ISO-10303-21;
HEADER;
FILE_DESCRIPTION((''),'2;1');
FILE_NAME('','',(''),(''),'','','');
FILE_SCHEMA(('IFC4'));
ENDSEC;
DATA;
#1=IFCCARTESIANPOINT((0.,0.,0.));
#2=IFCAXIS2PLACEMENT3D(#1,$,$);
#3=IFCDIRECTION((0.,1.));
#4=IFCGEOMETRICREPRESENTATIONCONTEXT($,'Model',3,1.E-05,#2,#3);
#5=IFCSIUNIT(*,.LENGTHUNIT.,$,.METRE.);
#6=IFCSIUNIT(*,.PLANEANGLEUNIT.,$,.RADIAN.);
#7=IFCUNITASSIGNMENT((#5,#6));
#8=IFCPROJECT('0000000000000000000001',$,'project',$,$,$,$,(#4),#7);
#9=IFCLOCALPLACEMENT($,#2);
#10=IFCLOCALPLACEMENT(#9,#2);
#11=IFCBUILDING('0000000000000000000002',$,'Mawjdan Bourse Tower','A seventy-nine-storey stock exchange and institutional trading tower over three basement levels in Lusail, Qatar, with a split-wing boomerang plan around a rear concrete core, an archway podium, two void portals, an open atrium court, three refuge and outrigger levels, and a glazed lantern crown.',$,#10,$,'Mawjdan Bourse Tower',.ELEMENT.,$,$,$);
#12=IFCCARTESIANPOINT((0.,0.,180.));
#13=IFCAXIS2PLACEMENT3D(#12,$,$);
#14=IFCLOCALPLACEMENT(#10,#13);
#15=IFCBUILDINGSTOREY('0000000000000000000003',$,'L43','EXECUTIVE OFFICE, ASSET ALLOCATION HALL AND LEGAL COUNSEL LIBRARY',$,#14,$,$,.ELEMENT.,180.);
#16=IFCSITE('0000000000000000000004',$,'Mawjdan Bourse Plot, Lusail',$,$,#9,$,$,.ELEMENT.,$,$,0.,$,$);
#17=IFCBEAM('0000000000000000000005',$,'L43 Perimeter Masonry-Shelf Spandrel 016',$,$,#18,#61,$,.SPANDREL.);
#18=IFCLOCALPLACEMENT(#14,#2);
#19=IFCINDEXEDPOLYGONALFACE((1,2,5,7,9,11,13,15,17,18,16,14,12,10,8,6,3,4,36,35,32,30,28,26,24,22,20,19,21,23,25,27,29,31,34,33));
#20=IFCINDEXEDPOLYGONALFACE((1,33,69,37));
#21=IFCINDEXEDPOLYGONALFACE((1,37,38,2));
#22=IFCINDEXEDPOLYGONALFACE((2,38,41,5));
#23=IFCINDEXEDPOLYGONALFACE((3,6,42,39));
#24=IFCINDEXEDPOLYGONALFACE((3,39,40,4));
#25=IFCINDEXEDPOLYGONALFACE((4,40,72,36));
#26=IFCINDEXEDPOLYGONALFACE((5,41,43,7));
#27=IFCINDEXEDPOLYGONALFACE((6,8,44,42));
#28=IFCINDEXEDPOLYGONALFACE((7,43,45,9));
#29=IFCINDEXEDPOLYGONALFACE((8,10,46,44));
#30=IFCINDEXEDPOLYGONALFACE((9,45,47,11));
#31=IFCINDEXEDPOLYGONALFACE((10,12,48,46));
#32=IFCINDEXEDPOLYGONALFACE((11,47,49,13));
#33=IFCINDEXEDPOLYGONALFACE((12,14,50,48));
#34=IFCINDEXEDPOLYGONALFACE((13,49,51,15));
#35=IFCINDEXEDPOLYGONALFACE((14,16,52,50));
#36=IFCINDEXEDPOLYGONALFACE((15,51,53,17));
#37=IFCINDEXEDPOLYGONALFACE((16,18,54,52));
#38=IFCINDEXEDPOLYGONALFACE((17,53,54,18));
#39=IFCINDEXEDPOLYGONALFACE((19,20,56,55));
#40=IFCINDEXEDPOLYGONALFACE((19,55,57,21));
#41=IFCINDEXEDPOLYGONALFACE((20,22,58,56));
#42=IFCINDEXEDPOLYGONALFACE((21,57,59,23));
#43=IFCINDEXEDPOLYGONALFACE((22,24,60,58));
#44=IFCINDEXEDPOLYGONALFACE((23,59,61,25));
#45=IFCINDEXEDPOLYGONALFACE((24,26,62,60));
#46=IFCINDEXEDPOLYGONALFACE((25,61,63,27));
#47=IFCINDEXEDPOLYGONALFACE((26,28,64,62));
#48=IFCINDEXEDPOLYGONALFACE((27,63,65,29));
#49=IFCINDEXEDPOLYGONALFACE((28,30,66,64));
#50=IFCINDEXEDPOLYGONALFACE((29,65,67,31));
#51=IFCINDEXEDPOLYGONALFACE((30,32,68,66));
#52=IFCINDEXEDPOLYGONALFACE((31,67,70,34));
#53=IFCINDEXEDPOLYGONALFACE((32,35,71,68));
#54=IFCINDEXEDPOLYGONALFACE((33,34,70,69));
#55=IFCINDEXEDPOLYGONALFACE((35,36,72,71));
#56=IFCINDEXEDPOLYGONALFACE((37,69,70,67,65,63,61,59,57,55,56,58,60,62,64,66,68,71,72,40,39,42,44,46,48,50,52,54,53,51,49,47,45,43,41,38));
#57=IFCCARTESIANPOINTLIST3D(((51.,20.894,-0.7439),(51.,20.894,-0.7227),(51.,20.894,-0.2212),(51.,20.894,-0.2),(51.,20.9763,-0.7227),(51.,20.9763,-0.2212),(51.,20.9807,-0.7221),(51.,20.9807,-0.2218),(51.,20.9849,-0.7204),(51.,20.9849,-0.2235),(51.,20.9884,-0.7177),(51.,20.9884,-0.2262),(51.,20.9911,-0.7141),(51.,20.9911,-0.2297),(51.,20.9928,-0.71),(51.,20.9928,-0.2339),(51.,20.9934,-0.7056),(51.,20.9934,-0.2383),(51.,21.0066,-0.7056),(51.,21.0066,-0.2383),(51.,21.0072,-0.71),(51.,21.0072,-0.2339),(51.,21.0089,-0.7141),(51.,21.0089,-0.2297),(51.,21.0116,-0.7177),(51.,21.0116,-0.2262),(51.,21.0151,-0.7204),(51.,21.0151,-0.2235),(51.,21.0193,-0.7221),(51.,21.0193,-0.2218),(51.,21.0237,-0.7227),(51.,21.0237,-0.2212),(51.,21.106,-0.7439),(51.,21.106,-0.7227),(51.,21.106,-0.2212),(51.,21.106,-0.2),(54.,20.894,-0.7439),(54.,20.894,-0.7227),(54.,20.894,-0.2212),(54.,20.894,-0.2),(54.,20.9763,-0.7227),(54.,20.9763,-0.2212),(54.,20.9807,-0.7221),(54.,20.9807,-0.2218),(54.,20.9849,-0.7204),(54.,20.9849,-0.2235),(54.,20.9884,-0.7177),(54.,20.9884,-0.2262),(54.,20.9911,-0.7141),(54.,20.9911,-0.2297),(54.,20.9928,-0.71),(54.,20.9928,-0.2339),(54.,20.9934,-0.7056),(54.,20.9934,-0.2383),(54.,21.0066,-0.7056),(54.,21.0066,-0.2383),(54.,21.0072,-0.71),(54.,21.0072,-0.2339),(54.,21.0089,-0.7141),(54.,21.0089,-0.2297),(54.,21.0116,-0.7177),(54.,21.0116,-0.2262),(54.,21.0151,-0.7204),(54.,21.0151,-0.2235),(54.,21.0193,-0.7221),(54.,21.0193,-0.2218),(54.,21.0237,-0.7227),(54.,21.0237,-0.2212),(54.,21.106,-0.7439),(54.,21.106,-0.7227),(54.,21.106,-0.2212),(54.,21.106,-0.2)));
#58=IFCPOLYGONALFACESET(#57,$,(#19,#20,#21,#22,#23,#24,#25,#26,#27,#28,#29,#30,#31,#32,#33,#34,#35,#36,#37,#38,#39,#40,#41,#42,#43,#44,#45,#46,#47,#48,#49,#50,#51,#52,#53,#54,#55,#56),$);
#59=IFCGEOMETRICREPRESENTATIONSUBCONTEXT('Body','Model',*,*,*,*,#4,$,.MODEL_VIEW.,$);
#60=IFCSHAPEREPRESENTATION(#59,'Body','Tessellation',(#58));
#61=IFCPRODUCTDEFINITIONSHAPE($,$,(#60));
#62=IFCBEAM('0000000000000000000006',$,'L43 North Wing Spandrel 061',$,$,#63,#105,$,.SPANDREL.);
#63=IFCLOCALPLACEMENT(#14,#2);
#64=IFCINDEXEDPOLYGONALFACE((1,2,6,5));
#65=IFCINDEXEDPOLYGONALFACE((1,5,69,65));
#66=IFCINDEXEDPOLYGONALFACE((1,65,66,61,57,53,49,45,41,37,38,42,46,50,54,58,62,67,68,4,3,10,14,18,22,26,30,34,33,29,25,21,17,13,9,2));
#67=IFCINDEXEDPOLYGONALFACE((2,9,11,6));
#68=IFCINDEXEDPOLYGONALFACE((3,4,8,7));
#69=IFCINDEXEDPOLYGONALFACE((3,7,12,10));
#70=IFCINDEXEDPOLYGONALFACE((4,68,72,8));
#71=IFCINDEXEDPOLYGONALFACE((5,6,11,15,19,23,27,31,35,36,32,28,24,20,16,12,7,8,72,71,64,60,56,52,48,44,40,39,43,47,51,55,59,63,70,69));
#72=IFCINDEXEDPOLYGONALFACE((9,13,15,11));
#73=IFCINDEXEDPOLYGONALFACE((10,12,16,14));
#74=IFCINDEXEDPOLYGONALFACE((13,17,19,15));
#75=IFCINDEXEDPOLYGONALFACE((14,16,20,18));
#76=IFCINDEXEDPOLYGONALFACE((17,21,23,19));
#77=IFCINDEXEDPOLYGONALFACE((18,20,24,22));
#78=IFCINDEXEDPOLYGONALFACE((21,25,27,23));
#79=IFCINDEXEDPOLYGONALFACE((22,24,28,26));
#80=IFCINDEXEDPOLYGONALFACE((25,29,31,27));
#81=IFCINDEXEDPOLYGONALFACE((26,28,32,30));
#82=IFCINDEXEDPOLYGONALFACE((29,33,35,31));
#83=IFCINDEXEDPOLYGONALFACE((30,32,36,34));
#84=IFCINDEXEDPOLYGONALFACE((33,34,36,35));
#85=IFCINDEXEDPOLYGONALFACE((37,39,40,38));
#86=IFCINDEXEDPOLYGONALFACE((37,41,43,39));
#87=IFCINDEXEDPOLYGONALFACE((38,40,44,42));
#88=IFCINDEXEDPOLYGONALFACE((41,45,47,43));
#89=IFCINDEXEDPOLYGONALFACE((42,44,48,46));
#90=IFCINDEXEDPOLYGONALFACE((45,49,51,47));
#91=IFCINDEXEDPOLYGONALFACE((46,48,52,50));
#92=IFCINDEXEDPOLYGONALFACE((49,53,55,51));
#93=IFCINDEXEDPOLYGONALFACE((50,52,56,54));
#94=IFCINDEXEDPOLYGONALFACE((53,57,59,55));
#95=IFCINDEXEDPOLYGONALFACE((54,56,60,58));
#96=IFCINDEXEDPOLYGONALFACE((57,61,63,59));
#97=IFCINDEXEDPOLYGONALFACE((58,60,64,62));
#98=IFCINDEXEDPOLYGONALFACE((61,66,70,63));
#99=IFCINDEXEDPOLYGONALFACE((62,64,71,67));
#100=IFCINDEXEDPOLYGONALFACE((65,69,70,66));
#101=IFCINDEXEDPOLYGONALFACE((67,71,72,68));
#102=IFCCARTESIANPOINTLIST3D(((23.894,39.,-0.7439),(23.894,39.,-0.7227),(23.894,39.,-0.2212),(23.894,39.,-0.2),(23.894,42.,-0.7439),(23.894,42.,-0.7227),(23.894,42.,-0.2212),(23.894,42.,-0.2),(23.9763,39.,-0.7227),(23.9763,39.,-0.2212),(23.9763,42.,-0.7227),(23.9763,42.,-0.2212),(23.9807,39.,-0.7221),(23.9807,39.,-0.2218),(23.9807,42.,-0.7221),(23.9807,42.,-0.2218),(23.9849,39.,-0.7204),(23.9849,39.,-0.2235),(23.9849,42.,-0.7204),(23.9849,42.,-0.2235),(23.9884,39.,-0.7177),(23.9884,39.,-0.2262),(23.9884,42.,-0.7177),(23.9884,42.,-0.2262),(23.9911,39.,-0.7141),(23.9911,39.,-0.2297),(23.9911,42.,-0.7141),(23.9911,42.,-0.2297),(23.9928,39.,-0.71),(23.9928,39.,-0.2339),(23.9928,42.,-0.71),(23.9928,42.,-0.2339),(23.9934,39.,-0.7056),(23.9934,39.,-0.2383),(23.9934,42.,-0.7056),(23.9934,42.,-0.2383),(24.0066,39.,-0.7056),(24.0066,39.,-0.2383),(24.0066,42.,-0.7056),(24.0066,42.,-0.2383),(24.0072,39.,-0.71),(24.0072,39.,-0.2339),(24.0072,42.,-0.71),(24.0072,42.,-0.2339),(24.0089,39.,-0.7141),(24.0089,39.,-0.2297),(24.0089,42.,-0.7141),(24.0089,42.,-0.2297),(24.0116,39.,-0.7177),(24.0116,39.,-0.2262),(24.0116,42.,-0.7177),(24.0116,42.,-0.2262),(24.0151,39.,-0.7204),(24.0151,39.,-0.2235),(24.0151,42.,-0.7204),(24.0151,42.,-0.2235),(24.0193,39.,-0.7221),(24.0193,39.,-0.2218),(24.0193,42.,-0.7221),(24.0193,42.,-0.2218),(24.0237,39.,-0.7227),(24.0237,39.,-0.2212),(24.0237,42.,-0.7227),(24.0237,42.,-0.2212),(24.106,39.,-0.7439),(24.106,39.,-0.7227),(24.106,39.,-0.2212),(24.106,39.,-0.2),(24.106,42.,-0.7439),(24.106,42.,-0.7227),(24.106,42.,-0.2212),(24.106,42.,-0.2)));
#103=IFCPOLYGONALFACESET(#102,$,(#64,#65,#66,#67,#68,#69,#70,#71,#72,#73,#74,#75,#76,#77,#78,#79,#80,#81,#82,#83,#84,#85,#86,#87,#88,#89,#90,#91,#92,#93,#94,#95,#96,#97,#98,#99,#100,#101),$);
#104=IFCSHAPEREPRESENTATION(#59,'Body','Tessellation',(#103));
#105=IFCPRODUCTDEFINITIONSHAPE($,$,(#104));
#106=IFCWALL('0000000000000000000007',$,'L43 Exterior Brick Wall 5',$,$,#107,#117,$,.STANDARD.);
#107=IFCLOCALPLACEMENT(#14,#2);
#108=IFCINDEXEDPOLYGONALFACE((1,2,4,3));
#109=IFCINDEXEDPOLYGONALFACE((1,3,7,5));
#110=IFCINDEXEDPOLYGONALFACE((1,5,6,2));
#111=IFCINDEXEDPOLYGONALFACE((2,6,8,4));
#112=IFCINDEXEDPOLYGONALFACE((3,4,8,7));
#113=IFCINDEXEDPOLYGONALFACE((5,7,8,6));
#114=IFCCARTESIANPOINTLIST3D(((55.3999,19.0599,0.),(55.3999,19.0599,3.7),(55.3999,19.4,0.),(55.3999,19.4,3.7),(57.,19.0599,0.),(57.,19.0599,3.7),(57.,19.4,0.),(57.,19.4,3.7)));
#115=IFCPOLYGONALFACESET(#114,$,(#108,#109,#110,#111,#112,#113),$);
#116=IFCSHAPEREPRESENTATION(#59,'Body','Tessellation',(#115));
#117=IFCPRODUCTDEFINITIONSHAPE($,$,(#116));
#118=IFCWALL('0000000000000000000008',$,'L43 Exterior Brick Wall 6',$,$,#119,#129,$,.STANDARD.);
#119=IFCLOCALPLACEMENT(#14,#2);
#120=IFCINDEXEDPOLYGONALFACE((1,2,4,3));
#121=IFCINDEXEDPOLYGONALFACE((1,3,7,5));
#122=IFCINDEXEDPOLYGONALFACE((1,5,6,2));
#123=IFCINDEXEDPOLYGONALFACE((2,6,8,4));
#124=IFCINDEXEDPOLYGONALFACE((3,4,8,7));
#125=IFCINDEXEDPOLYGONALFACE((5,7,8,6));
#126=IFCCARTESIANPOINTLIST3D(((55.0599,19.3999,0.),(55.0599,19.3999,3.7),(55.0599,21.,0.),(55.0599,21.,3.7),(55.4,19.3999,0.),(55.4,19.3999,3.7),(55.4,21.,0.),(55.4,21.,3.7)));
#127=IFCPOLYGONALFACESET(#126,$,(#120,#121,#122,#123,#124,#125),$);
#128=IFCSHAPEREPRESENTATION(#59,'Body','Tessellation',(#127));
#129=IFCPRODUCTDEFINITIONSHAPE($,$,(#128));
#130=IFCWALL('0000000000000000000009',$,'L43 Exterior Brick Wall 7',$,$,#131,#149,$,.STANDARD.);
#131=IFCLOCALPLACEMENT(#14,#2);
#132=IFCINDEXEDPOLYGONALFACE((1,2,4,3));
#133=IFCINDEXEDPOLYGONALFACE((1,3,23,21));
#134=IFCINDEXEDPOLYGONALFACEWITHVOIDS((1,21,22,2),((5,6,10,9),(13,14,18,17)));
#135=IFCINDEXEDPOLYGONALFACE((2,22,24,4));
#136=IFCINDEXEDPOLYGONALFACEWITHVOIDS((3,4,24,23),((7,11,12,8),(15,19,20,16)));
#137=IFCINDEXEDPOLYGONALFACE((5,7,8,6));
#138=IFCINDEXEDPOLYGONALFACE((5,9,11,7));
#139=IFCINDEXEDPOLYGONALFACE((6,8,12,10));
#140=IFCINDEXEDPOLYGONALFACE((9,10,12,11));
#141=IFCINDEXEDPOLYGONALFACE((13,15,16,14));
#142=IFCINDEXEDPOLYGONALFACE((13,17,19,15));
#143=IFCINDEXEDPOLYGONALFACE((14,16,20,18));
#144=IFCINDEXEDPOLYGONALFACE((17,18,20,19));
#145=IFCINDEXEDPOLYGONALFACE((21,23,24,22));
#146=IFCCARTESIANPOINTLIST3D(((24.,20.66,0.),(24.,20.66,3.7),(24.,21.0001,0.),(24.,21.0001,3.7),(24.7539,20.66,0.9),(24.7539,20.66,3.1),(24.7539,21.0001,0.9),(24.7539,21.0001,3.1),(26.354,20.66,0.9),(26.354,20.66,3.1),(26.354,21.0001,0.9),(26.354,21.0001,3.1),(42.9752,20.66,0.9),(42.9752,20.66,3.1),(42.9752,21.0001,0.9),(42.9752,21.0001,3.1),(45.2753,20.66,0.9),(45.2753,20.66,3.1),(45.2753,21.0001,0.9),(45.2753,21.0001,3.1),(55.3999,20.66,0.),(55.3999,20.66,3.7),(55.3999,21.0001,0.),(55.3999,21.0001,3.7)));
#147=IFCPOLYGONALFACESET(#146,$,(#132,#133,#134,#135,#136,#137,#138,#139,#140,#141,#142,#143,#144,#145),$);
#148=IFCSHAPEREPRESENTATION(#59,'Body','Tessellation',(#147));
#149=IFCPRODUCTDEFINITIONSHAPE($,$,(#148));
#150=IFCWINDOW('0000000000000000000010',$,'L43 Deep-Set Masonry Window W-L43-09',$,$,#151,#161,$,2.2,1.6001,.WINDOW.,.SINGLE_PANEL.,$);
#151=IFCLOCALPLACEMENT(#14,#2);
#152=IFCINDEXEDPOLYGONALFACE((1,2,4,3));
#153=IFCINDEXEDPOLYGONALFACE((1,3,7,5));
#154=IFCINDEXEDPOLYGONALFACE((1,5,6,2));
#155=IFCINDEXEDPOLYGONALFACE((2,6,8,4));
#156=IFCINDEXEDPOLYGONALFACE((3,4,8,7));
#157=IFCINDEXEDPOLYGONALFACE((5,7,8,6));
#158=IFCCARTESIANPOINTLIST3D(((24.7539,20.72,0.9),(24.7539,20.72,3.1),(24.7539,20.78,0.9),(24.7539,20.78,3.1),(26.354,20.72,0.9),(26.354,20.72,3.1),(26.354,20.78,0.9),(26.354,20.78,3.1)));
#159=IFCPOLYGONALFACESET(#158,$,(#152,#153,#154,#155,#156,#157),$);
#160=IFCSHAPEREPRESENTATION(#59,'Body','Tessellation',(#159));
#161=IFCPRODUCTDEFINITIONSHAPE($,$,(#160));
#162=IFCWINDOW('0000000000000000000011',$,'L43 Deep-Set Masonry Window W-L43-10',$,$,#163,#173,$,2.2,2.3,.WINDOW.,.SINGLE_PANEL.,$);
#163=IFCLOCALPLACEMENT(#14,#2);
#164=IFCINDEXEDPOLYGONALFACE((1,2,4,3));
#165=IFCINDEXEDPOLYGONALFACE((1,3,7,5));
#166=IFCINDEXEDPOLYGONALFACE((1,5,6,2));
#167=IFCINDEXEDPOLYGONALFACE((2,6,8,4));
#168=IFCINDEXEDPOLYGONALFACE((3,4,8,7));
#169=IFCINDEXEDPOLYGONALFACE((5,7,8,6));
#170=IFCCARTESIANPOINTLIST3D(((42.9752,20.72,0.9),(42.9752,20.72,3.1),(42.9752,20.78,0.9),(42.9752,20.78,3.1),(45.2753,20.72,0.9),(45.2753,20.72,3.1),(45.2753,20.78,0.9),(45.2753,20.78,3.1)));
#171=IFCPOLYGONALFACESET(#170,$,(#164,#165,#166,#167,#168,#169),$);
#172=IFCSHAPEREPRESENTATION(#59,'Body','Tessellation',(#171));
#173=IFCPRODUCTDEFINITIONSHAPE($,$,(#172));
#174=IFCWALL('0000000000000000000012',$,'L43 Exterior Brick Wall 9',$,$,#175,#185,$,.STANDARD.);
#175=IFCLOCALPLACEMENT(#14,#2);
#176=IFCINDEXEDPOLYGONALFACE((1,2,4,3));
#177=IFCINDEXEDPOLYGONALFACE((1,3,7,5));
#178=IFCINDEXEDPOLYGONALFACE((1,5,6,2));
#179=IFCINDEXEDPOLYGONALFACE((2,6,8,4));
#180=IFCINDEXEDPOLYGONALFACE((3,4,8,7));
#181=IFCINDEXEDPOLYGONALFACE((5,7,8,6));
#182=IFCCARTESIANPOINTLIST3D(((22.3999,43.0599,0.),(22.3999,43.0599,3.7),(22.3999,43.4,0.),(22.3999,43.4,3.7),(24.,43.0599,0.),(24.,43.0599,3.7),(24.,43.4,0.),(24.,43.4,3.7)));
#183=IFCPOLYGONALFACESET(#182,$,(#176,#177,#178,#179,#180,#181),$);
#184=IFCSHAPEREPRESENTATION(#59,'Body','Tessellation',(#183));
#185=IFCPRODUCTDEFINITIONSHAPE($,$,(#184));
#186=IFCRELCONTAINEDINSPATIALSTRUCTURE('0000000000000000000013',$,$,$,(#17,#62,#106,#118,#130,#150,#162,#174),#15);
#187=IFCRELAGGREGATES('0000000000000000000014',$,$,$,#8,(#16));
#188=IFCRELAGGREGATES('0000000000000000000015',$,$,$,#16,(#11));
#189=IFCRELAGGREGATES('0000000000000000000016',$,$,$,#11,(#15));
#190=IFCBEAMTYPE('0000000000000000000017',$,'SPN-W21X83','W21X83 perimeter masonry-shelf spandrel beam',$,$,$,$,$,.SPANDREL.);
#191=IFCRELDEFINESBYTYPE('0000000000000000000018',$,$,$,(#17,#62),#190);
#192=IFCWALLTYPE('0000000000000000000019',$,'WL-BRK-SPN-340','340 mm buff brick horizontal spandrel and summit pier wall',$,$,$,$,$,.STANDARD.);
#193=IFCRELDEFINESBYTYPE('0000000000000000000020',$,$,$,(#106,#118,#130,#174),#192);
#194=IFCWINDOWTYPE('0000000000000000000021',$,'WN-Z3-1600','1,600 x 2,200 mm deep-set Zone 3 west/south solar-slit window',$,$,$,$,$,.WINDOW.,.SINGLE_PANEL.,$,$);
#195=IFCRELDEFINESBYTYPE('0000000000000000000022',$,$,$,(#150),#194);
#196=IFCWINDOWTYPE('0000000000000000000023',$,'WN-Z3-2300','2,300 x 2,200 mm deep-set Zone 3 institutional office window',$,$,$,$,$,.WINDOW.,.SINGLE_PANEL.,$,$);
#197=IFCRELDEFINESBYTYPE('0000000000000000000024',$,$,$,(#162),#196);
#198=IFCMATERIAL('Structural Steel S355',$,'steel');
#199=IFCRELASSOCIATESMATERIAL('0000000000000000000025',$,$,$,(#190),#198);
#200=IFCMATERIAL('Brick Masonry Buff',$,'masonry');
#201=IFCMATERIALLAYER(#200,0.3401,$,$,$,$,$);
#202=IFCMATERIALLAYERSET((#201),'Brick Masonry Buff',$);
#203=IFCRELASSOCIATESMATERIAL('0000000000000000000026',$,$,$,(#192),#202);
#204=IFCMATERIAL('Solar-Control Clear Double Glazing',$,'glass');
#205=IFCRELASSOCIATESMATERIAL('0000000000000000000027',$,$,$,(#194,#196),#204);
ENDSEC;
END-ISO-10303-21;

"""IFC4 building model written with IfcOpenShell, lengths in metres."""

from ifc_helpers import new_model, si_unit, direction, frame, frame_2d, origin, origin_2d, place, context, subcontext, project, spatial, rectangle, i_section, extrude, material, layer, layer_set, material_profile, profile_set, type_object, element, fill, save


model = new_model("IFC4")

# Units and contexts
model_context = context("Model", 3, precision=1e-05, world=origin(), true_north=direction((0.0, 1.0)))
body_context = subcontext(model_context, "Body", "Model", "MODEL_VIEW")
ifc_project = project(units=[si_unit("LENGTHUNIT", "METRE"), si_unit("PLANEANGLEUNIT", "RADIAN")], contexts=[model_context])

# Site, building, storey
site_placement = place(None, origin())
site = spatial("IfcSite", under=ifc_project, at=site_placement, Name="Mawjdan Bourse Plot, Lusail", CompositionType="ELEMENT", RefElevation=0.0)
building_placement = place(site_placement, origin())
building = spatial("IfcBuilding", under=site, at=building_placement, Name="Mawjdan Bourse Tower", Description="A seventy-nine-storey stock exchange and institutional trading tower over three basement levels in Lusail, Qatar, with a split-wing boomerang plan around a rear concrete core, an archway podium, two void portals, an open atrium court, three refuge and outrigger levels, and a glazed lantern crown.", LongName="Mawjdan Bourse Tower", CompositionType="ELEMENT")
storey_placement = place(building_placement, frame((0.0, 0.0, 180.0)))
storey = spatial("IfcBuildingStorey", under=building, at=storey_placement, Name="L43", Description="EXECUTIVE OFFICE, ASSET ALLOCATION HALL AND LEGAL COUNSEL LIBRARY", CompositionType="ELEMENT", Elevation=180.0)

# Beams
ifc_material_1 = material(Name="Structural Steel S355", Category="steel")
ifc_material_profile_1 = material_profile(ifc_material_1, i_section(OverallWidth=0.2119, OverallDepth=0.5439, WebThickness=0.0132, FlangeThickness=0.0212, FilletRadius=0.0171, at=origin_2d()), Name="W21X83")
ifc_profile_set_1 = profile_set([ifc_material_profile_1], Name="Structural Steel S355")
beam_type_1 = type_object("IfcBeamType", Name="SPN-W21X83", Description="W21X83 perimeter masonry-shelf spandrel beam", PredefinedType="SPANDREL", material=ifc_profile_set_1)
for number, where, z_axis, x_axis, name in (
    (1, (51.0, 21.0, -0.4719), (1.0, 0.0, 0.0), (0.0, 1.0, 0.0), "L43 Perimeter Masonry-Shelf Spandrel 016"),
    (2, (24.0, 39.0, -0.4719), (0.0, 1.0, 0.0), (-1.0, 0.0, 0.0), "L43 North Wing Spandrel 061"),
):
    element("IfcBeam", number, at=place(storey_placement, frame(where, z_axis=z_axis, x_axis=x_axis)), inside=storey, type_object=beam_type_1, Name=name, PredefinedType="SPANDREL", context=body_context, shape_type="SweptSolid", body=[
        extrude(i_section(OverallWidth=0.2119, OverallDepth=0.5439, WebThickness=0.0132, FlangeThickness=0.0212, FilletRadius=0.0171, at=origin_2d()), origin(), (0.0, 0.0, 1.0), 3.0),
    ])

# Walls
ifc_material_2 = material(Name="Brick Masonry Buff", Category="masonry")
ifc_layer_1 = layer(ifc_material_2, 0.3401)
ifc_layer_set_1 = layer_set([ifc_layer_1], Name="Brick Masonry Buff")
wall_type_1 = type_object("IfcWallType", Name="WL-BRK-SPN-340", Description="340 mm buff brick horizontal spandrel and summit pier wall", PredefinedType="STANDARD", material=ifc_layer_set_1)
for number, where, z_axis, x_axis, name in (
    (3, (57.0, 19.23, 0.0), (0.0, 0.0, 1.0), (-1.0, 0.0, 0.0), "L43 Exterior Brick Wall 5"),
    (4, (55.23, 19.3999, 0.0), (0.0, 0.0, 1.0), (0.0, 1.0, 0.0), "L43 Exterior Brick Wall 6"),
):
    element("IfcWall", number, at=place(storey_placement, frame(where, z_axis=z_axis, x_axis=x_axis)), inside=storey, type_object=wall_type_1, Name=name, PredefinedType="STANDARD", context=body_context, shape_type="SweptSolid", body=[
        extrude(rectangle(XDim=1.6001, YDim=0.3401, at=frame_2d((0.8, 0.0))), origin(), (0.0, 0.0, 1.0), 3.7),
    ])

# Wall, openings, windows
wall_1_placement = place(storey_placement, frame((55.3999, 20.8301, 0.0), z_axis=(0.0, 0.0, 1.0), x_axis=(-1.0, 0.0, 0.0)))
wall_1 = element("IfcWall", 5, at=wall_1_placement, inside=storey, type_object=wall_type_1, Name="L43 Exterior Brick Wall 7", PredefinedType="STANDARD", context=body_context, shape_type="SweptSolid", body=[
    extrude(rectangle(XDim=31.3999, YDim=0.3401, at=frame_2d((15.7, 0.0))), origin(), (0.0, 0.0, 1.0), 3.7),
])
opening_1_placement = place(wall_1_placement, frame((29.0459, 0.0, 0.8999)))
opening_1 = element("IfcOpeningElement", 6, at=opening_1_placement, cuts=wall_1, PredefinedType="OPENING", context=body_context, shape_type="SweptSolid", body=[
    extrude(rectangle(XDim=1.6001, YDim=2.2, at=frame_2d((0.8, 1.1001))), frame((0.0, 0.1802, 0.0), z_axis=(0.0, -1.0, 0.0), x_axis=(1.0, 0.0, 0.0)), (0.0, 0.0, 1.0), 0.3601),
])
opening_2_placement = place(wall_1_placement, frame((10.1248, 0.0, 0.8999)))
opening_2 = element("IfcOpeningElement", 7, at=opening_2_placement, cuts=wall_1, PredefinedType="OPENING", context=body_context, shape_type="SweptSolid", body=[
    extrude(rectangle(XDim=2.3, YDim=2.2, at=frame_2d((1.1499, 1.1001))), frame((0.0, 0.1802, 0.0), z_axis=(0.0, -1.0, 0.0), x_axis=(1.0, 0.0, 0.0)), (0.0, 0.0, 1.0), 0.3601),
])
ifc_material_3 = material(Name="Solar-Control Clear Double Glazing", Category="glass")
window_type_1 = type_object("IfcWindowType", Name="WN-Z3-1600", Description="1,600 x 2,200 mm deep-set Zone 3 west/south solar-slit window", PartitioningType="SINGLE_PANEL", PredefinedType="WINDOW", material=ifc_material_3)
window_1_placement = place(opening_1_placement, origin())
window_1 = element("IfcWindow", 8, at=window_1_placement, inside=storey, type_object=window_type_1, Name="L43 Deep-Set Masonry Window W-L43-09", OverallHeight=2.2, OverallWidth=1.6001, PartitioningType="SINGLE_PANEL", PredefinedType="WINDOW", context=body_context, shape_type="SweptSolid", body=[
    extrude(rectangle(XDim=1.6001, YDim=2.2, at=frame_2d((0.8, 1.1001))), frame((0.0, 0.1101, 0.0), z_axis=(0.0, -1.0, 0.0), x_axis=(1.0, 0.0, 0.0)), (0.0, 0.0, 1.0), 0.0601),
])
fill(opening_1, window_1)
window_type_2 = type_object("IfcWindowType", Name="WN-Z3-2300", Description="2,300 x 2,200 mm deep-set Zone 3 institutional office window", PartitioningType="SINGLE_PANEL", PredefinedType="WINDOW", material=ifc_material_3)
window_2_placement = place(opening_2_placement, origin())
window_2 = element("IfcWindow", 9, at=window_2_placement, inside=storey, type_object=window_type_2, Name="L43 Deep-Set Masonry Window W-L43-10", OverallHeight=2.2, OverallWidth=2.3, PartitioningType="SINGLE_PANEL", PredefinedType="WINDOW", context=body_context, shape_type="SweptSolid", body=[
    extrude(rectangle(XDim=2.3, YDim=2.2, at=frame_2d((1.1499, 1.1001))), frame((0.0, 0.1101, 0.0), z_axis=(0.0, -1.0, 0.0), x_axis=(1.0, 0.0, 0.0)), (0.0, 0.0, 1.0), 0.0601),
])
fill(opening_2, window_2)

# Wall
wall_2_placement = place(storey_placement, frame((24.0, 43.23, 0.0), z_axis=(0.0, 0.0, 1.0), x_axis=(-1.0, 0.0, 0.0)))
element("IfcWall", 10, at=wall_2_placement, inside=storey, type_object=wall_type_1, Name="L43 Exterior Brick Wall 9", PredefinedType="STANDARD", context=body_context, shape_type="SweptSolid", body=[
    extrude(rectangle(XDim=1.6001, YDim=0.3401, at=frame_2d((0.8, 0.0))), origin(), (0.0, 0.0, 1.0), 3.7),
])

save(model, "model.ifc")
